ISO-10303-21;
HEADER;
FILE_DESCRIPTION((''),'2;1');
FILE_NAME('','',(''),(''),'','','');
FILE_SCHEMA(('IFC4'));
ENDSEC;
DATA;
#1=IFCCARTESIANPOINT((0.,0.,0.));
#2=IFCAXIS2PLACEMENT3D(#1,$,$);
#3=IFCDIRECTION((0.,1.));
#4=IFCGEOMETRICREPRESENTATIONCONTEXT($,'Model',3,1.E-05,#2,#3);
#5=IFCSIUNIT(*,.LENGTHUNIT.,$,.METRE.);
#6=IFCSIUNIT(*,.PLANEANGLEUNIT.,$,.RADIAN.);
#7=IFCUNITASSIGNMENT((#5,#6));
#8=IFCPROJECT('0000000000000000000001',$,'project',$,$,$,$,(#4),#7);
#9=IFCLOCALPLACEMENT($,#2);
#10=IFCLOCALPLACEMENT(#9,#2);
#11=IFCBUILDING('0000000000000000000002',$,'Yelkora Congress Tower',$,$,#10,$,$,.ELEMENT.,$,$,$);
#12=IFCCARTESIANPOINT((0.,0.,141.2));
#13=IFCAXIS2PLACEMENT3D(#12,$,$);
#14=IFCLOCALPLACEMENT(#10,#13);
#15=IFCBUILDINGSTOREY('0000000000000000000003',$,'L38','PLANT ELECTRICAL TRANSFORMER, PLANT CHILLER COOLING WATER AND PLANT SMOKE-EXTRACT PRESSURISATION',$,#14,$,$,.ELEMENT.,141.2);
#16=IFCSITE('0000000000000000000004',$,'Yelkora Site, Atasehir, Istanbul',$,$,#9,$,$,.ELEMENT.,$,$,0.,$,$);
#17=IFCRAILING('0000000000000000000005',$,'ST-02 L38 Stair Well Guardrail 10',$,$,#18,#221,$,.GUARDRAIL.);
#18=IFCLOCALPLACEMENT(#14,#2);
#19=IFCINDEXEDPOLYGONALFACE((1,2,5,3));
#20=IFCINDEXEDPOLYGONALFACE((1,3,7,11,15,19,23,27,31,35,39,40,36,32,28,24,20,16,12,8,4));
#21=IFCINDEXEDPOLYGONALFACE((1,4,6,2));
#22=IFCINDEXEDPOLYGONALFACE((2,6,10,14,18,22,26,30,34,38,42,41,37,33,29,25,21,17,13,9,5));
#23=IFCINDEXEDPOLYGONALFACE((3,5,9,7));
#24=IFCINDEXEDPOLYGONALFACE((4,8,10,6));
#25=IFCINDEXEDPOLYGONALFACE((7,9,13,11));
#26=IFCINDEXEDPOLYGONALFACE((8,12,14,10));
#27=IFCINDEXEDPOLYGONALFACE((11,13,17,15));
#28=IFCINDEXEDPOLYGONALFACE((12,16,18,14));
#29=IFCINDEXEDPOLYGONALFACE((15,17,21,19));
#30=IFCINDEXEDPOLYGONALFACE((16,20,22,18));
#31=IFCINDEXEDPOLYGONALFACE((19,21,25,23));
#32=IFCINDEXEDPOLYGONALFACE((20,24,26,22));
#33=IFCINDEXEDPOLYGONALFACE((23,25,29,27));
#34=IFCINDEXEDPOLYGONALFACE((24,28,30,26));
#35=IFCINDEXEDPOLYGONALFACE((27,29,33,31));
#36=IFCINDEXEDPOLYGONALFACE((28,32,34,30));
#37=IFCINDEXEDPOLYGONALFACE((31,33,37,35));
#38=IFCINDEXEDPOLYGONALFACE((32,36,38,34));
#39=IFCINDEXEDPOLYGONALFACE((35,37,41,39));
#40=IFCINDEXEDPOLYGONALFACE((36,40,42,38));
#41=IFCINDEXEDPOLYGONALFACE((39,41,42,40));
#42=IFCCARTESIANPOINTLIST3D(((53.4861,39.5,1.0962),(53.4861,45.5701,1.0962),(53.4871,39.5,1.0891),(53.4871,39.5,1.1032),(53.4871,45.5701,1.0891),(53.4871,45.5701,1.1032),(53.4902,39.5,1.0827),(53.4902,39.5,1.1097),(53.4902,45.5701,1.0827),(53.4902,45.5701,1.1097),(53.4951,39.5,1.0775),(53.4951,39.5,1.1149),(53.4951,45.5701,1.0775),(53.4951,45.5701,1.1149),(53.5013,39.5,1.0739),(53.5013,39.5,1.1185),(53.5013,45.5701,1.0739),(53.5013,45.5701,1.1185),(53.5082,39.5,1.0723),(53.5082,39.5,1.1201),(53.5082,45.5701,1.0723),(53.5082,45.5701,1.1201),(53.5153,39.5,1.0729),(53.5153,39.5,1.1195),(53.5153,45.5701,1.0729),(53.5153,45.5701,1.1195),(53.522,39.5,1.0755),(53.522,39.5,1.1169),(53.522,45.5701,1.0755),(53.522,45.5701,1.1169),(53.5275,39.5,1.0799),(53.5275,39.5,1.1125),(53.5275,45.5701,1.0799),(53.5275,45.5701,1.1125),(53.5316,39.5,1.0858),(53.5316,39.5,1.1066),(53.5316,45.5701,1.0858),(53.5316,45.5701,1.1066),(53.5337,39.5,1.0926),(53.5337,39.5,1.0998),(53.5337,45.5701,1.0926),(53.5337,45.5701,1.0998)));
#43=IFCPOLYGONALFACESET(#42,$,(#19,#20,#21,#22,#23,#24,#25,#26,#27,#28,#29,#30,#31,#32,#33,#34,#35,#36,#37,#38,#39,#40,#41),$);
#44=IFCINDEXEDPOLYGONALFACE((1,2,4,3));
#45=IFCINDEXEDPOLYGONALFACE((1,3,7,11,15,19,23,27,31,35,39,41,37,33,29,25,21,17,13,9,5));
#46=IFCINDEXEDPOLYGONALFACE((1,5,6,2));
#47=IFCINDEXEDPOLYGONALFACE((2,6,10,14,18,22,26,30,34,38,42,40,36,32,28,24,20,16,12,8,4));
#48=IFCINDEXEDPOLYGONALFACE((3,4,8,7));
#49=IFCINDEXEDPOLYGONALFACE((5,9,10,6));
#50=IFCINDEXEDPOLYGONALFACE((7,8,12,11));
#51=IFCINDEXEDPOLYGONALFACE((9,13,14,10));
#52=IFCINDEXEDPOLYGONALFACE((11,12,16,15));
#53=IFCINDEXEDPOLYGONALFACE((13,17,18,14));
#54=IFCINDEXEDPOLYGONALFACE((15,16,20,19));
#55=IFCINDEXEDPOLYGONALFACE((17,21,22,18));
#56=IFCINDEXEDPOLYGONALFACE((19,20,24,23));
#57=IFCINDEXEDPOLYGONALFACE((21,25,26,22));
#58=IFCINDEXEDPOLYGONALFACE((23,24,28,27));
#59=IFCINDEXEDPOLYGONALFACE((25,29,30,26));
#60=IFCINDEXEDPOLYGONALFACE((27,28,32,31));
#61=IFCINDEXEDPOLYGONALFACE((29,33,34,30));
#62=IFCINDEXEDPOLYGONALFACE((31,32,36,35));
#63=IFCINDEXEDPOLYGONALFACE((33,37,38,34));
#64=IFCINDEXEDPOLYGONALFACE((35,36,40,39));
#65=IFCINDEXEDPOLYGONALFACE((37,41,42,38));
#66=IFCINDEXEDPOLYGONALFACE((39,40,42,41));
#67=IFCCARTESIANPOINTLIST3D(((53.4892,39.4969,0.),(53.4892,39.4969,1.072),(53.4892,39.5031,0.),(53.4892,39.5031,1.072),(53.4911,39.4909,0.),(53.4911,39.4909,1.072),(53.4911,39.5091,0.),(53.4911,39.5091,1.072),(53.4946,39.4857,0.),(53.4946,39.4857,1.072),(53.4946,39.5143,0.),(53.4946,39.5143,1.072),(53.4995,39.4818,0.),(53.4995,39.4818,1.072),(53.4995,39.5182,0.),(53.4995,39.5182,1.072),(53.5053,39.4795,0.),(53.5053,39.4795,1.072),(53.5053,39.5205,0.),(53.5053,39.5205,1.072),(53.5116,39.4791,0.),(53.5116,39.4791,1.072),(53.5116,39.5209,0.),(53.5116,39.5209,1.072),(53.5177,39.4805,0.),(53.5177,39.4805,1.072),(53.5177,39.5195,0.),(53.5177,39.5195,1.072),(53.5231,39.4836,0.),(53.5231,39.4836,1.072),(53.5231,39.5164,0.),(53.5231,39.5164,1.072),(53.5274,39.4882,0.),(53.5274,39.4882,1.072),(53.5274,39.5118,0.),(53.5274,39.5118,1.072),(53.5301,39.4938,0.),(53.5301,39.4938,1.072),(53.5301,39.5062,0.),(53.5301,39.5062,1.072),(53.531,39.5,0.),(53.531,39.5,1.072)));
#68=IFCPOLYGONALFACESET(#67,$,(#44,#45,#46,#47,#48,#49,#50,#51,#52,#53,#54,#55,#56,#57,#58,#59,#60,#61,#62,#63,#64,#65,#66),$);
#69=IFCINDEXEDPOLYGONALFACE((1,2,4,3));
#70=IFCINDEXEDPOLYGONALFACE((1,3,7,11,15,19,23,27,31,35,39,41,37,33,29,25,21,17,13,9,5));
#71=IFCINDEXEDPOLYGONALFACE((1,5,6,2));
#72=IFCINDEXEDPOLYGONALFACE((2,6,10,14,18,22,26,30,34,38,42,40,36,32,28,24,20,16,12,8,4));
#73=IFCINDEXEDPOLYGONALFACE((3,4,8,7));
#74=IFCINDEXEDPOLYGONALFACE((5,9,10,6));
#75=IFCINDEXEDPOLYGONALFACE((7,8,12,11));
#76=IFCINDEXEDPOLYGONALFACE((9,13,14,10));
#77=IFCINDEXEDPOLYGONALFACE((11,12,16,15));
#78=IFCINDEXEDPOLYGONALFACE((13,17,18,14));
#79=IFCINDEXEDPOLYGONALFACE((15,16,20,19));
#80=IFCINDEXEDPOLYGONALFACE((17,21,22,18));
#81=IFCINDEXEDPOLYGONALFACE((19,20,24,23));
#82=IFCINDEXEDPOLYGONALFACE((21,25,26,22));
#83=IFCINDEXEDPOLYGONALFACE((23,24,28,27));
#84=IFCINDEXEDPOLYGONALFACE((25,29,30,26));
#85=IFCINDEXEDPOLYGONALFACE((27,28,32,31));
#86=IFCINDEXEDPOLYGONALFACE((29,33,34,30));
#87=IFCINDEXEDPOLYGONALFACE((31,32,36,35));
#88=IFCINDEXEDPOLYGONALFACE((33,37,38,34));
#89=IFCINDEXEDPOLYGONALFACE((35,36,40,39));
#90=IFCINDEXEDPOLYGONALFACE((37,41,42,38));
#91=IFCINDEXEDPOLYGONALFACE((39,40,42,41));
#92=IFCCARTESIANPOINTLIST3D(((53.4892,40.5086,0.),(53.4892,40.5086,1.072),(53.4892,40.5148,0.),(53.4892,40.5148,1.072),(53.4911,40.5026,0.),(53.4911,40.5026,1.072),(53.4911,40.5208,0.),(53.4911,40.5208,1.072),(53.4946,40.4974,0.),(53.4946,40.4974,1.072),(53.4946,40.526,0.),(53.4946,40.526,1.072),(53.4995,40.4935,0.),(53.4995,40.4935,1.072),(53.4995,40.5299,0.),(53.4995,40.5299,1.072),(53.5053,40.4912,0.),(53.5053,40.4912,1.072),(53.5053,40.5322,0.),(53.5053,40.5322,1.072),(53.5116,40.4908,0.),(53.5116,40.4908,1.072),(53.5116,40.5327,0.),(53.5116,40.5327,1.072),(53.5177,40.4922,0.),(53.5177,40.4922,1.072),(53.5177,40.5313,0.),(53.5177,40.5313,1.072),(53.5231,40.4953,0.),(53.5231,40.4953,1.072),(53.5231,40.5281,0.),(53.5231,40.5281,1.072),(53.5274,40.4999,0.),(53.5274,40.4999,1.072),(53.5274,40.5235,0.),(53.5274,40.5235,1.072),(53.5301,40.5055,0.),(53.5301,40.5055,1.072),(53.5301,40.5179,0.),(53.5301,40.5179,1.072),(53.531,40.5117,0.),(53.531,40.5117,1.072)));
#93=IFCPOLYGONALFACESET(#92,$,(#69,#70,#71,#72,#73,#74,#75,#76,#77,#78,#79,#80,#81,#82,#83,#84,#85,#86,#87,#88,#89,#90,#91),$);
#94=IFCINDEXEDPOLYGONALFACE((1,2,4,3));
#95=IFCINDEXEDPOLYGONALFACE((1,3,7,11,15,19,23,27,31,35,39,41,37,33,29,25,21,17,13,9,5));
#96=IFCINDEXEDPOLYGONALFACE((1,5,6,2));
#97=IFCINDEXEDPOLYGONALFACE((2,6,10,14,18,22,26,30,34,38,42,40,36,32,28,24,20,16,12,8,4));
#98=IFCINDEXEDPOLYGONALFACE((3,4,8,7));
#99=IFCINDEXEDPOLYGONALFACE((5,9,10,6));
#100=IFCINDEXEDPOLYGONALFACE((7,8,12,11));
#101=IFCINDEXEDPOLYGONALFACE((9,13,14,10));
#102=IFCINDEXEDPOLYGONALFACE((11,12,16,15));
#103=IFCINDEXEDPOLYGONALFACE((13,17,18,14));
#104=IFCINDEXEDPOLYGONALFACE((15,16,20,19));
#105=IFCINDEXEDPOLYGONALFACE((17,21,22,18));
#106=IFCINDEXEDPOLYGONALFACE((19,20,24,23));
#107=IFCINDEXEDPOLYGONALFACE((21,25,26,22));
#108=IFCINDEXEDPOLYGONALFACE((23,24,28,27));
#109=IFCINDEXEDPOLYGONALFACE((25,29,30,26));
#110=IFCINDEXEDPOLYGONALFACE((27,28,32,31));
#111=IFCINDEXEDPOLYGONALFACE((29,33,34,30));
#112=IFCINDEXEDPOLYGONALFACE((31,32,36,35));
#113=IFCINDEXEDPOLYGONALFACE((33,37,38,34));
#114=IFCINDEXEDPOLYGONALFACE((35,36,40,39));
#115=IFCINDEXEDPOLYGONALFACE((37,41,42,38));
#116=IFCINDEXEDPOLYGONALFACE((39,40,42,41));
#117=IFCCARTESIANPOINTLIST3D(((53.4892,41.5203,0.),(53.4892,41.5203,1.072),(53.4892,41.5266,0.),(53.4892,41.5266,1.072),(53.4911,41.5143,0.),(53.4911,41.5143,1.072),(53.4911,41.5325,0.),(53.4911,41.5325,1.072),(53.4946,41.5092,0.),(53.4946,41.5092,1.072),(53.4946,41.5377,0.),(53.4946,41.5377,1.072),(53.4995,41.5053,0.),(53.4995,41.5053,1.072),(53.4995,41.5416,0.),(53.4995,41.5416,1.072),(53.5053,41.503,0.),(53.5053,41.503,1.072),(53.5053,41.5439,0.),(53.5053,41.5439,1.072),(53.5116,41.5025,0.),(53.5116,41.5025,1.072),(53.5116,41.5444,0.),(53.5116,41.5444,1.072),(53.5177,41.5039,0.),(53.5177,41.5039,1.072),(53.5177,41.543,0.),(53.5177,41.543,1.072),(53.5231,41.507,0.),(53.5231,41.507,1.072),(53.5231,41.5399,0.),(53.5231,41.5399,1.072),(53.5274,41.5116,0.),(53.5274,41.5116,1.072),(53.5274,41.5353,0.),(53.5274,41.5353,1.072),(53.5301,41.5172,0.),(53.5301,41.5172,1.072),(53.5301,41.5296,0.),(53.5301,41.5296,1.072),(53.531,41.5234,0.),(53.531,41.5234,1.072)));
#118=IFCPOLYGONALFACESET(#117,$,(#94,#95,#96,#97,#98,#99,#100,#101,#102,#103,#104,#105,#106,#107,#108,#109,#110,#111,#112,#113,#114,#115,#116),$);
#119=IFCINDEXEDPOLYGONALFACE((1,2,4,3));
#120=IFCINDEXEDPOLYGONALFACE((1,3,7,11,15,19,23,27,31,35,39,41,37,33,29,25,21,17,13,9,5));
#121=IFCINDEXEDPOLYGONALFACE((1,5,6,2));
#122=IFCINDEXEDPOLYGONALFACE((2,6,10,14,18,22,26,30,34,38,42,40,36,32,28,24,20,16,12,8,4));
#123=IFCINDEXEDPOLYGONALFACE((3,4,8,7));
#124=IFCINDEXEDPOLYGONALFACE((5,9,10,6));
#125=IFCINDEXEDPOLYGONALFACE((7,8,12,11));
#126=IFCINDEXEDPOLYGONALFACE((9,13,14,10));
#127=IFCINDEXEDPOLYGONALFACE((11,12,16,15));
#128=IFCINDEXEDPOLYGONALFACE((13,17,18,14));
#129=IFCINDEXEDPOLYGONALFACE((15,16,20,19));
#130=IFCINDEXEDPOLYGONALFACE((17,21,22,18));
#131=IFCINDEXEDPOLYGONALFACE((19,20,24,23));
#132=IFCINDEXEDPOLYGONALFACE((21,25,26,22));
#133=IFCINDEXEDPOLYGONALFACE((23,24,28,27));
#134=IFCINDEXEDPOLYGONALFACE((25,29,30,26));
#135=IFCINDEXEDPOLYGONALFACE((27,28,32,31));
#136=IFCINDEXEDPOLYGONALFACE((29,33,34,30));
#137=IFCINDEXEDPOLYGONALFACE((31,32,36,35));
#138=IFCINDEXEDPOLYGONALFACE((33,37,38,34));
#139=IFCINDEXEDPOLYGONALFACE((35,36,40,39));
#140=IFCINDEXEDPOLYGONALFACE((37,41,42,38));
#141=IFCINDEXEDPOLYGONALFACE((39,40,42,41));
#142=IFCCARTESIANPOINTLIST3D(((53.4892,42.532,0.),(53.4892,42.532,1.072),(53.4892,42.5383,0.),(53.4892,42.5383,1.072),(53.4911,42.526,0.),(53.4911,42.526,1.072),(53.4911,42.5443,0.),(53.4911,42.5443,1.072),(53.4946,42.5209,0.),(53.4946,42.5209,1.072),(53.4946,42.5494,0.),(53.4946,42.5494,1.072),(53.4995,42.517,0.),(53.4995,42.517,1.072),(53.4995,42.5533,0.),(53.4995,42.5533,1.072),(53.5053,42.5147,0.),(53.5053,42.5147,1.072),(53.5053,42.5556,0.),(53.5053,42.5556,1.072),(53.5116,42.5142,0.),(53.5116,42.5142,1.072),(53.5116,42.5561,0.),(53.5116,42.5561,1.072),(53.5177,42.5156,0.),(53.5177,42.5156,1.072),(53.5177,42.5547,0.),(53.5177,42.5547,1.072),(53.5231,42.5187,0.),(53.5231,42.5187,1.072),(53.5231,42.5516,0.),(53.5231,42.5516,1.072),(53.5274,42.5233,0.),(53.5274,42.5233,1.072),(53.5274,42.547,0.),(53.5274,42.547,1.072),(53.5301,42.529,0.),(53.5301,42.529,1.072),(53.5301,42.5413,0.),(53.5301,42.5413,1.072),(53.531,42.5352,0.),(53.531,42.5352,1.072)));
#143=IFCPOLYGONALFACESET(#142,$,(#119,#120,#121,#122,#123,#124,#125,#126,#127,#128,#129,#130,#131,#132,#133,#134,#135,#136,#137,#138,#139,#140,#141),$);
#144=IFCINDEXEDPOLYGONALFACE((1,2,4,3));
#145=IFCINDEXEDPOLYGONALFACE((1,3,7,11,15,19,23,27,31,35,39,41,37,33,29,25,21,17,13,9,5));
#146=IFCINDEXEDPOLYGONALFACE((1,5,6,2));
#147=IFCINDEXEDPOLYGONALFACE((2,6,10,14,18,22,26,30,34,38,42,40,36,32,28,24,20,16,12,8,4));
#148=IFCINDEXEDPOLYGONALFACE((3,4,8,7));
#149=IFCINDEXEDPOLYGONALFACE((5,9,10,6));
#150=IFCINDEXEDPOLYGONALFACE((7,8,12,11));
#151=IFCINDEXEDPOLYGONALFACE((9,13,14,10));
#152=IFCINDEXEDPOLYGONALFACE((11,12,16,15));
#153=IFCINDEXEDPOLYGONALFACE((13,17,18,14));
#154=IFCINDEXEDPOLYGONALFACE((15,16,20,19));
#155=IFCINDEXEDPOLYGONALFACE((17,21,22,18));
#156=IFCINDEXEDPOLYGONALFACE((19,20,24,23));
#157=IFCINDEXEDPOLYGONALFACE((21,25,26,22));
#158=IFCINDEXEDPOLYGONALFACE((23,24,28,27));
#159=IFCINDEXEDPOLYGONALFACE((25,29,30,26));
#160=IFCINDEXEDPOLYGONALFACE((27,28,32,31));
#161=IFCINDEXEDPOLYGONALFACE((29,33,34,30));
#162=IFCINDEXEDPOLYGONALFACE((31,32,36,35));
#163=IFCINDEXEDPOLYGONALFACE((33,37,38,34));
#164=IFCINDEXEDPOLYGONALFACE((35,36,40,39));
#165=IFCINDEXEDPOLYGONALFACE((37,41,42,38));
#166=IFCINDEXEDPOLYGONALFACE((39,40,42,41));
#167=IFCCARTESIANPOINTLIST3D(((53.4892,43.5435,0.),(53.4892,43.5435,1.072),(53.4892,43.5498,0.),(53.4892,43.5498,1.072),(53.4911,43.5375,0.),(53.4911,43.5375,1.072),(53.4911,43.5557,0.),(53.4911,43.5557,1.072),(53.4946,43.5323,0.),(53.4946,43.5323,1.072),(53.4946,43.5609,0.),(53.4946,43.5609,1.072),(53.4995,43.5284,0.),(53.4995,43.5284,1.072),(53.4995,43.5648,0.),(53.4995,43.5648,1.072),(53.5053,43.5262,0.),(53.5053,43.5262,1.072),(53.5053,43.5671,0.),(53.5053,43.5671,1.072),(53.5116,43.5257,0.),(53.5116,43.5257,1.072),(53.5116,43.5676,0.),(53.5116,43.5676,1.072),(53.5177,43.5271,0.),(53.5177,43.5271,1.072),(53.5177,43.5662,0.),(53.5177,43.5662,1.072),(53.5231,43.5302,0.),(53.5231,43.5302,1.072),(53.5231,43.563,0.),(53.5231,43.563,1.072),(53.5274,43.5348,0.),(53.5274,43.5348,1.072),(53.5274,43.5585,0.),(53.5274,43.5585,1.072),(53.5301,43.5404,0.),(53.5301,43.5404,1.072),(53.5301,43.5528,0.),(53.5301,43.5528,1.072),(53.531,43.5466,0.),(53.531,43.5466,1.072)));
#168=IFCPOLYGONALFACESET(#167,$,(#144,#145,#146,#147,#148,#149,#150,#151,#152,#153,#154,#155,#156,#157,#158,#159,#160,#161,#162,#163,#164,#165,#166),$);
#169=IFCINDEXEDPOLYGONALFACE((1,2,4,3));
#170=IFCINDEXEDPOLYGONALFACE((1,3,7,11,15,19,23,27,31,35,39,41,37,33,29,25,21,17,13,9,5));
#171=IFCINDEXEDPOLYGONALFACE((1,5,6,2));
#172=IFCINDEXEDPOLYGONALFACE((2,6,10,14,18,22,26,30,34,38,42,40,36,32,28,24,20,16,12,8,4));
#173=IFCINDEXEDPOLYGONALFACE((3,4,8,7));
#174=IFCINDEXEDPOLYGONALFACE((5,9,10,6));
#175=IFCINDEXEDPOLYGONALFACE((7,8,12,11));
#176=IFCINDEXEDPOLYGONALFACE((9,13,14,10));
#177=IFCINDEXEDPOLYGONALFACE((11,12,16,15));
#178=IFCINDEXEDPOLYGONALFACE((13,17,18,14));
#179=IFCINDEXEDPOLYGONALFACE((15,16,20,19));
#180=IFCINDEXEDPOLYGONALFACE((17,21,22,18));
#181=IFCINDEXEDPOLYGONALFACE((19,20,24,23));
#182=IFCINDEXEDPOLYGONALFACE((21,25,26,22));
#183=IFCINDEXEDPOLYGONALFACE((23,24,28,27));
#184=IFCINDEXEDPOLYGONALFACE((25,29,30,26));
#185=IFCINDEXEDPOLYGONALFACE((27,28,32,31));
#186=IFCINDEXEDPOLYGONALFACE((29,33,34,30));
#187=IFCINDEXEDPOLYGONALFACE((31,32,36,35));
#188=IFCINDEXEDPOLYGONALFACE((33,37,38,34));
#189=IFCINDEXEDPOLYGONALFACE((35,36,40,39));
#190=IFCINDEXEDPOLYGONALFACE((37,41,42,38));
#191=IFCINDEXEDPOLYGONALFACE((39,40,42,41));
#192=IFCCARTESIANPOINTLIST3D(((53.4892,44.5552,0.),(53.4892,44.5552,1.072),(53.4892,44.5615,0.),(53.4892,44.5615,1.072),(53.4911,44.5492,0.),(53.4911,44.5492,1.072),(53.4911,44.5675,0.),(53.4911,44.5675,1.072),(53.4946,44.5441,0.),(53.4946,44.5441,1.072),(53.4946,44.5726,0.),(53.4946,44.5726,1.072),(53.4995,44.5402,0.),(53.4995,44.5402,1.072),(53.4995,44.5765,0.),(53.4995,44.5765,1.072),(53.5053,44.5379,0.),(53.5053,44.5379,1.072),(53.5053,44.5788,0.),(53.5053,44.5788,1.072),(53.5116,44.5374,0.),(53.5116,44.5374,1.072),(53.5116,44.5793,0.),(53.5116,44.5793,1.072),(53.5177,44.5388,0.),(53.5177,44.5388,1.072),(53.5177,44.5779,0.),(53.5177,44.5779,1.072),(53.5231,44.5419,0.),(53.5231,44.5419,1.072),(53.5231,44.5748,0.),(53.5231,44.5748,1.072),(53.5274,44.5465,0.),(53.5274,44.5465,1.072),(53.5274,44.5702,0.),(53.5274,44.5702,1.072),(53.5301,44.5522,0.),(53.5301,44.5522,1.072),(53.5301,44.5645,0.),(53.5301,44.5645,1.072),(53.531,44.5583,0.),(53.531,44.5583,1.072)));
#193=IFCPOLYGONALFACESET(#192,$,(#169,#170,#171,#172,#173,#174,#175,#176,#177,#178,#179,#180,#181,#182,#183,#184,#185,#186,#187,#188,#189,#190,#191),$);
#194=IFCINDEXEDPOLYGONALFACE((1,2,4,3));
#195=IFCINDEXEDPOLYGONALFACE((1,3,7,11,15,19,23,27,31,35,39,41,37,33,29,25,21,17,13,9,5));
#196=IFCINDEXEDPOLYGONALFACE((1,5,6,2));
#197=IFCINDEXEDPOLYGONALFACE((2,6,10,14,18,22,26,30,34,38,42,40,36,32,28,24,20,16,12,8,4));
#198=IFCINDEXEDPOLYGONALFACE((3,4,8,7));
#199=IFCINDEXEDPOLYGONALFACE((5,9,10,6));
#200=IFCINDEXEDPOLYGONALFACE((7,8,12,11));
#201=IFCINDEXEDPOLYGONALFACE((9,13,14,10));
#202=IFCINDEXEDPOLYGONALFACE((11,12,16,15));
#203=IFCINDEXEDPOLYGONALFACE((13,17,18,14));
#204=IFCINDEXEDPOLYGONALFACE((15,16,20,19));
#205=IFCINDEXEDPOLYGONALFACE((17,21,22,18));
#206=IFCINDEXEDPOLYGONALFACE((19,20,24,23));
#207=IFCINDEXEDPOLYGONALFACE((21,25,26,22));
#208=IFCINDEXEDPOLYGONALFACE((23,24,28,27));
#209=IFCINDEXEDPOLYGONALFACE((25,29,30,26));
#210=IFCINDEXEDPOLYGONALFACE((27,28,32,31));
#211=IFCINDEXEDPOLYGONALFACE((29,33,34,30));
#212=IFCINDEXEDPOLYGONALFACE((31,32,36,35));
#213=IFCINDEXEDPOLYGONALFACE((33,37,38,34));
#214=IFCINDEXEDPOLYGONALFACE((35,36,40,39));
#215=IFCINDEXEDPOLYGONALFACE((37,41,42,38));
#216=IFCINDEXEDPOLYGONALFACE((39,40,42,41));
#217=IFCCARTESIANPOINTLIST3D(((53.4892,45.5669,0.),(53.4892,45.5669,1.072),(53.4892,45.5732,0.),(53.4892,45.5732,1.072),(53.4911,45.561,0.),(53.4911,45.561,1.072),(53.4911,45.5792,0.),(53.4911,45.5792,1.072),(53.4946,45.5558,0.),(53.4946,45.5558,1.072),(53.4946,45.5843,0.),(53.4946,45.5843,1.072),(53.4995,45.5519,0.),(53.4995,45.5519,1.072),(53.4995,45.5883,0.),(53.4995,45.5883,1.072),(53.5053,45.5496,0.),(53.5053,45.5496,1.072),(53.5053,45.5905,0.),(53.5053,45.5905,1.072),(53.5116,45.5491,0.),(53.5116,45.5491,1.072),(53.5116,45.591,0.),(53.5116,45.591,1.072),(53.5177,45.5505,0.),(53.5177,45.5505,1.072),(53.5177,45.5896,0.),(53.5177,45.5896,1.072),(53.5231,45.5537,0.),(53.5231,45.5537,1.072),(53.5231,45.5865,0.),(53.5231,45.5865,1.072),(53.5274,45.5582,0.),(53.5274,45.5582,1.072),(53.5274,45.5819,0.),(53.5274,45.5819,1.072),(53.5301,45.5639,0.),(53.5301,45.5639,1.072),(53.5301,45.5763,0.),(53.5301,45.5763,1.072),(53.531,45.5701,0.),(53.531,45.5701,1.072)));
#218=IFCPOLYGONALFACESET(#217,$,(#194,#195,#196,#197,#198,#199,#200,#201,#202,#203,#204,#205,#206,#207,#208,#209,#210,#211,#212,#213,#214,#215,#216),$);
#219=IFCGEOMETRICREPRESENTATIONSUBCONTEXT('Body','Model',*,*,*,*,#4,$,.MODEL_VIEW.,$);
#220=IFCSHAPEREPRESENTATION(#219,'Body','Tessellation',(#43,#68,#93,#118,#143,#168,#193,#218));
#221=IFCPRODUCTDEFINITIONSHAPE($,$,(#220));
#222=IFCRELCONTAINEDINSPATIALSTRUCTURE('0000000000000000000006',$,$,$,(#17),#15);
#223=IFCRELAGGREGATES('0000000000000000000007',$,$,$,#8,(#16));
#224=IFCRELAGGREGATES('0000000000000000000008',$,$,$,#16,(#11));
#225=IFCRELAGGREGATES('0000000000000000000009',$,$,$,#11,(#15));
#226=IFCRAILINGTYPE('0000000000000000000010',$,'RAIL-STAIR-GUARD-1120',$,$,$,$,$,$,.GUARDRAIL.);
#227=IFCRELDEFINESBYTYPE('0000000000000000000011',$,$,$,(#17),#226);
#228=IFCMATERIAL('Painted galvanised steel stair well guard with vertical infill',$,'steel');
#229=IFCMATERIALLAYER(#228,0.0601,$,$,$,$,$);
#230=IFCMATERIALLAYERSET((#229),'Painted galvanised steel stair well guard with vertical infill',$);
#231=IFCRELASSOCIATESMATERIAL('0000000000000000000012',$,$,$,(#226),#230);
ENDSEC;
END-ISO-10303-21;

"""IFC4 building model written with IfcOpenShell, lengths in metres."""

from ifc_helpers import new_model, si_unit, direction, frame, origin, origin_2d, place, context, subcontext, project, spatial, circle, extrude, material, layer, layer_set, type_object, element, save


model = new_model("IFC4")

# Units and contexts
model_context = context("Model", 3, precision=1e-05, world=origin(), true_north=direction((0.0, 1.0)))
body_context = subcontext(model_context, "Body", "Model", "MODEL_VIEW")
ifc_project = project(units=[si_unit("LENGTHUNIT", "METRE"), si_unit("PLANEANGLEUNIT", "RADIAN")], contexts=[model_context])

# Site, building, storey
site_placement = place(None, origin())
site = spatial("IfcSite", under=ifc_project, at=site_placement, Name="Yelkora Site, Atasehir, Istanbul", CompositionType="ELEMENT", RefElevation=0.0)
building_placement = place(site_placement, origin())
building = spatial("IfcBuilding", under=site, at=building_placement, Name="Yelkora Congress Tower", CompositionType="ELEMENT")
storey_placement = place(building_placement, frame((0.0, 0.0, 141.2)))
storey = spatial("IfcBuildingStorey", under=building, at=storey_placement, Name="L38", Description="PLANT ELECTRICAL TRANSFORMER, PLANT CHILLER COOLING WATER AND PLANT SMOKE-EXTRACT PRESSURISATION", CompositionType="ELEMENT", Elevation=141.2)

# Railing
ifc_material_1 = material(Name="Painted galvanised steel stair well guard with vertical infill", Category="steel")
ifc_layer_1 = layer(ifc_material_1, 0.0601)
ifc_layer_set_1 = layer_set([ifc_layer_1], Name="Painted galvanised steel stair well guard with vertical infill")
railing_type_1 = type_object("IfcRailingType", Name="RAIL-STAIR-GUARD-1120", PredefinedType="GUARDRAIL", material=ifc_layer_set_1)
railing_1_placement = place(storey_placement, frame((53.51, 39.5, 0.0)))
element("IfcRailing", 1, at=railing_1_placement, inside=storey, type_object=railing_type_1, Name="ST-02 L38 Stair Well Guardrail 10", PredefinedType="GUARDRAIL", context=body_context, shape_type="SweptSolid", body=[
    extrude(circle(Radius=0.0239, at=origin_2d()), frame((0.0, 0.0, 1.0962), z_axis=(0.0, 1.0, 0.0), x_axis=(-1.0, 0.0, 0.0)), (0.0, 0.0, 1.0), 6.0701),
    extrude(circle(Radius=0.021, at=origin_2d()), origin(), (0.0, 0.0, 1.0), 1.072),
    extrude(circle(Radius=0.021, at=origin_2d()), frame((0.0, 1.0117, 0.0)), (0.0, 0.0, 1.0), 1.072),
    extrude(circle(Radius=0.021, at=origin_2d()), frame((0.0, 2.0234, 0.0)), (0.0, 0.0, 1.0), 1.072),
    extrude(circle(Radius=0.021, at=origin_2d()), frame((0.0, 3.0352, 0.0)), (0.0, 0.0, 1.0), 1.072),
    extrude(circle(Radius=0.021, at=origin_2d()), frame((0.0, 4.0466, 0.0)), (0.0, 0.0, 1.0), 1.072),
    extrude(circle(Radius=0.021, at=origin_2d()), frame((0.0, 5.0583, 0.0)), (0.0, 0.0, 1.0), 1.072),
    extrude(circle(Radius=0.021, at=origin_2d()), frame((0.0, 6.0701, 0.0)), (0.0, 0.0, 1.0), 1.072),
])

save(model, "model.ifc")
